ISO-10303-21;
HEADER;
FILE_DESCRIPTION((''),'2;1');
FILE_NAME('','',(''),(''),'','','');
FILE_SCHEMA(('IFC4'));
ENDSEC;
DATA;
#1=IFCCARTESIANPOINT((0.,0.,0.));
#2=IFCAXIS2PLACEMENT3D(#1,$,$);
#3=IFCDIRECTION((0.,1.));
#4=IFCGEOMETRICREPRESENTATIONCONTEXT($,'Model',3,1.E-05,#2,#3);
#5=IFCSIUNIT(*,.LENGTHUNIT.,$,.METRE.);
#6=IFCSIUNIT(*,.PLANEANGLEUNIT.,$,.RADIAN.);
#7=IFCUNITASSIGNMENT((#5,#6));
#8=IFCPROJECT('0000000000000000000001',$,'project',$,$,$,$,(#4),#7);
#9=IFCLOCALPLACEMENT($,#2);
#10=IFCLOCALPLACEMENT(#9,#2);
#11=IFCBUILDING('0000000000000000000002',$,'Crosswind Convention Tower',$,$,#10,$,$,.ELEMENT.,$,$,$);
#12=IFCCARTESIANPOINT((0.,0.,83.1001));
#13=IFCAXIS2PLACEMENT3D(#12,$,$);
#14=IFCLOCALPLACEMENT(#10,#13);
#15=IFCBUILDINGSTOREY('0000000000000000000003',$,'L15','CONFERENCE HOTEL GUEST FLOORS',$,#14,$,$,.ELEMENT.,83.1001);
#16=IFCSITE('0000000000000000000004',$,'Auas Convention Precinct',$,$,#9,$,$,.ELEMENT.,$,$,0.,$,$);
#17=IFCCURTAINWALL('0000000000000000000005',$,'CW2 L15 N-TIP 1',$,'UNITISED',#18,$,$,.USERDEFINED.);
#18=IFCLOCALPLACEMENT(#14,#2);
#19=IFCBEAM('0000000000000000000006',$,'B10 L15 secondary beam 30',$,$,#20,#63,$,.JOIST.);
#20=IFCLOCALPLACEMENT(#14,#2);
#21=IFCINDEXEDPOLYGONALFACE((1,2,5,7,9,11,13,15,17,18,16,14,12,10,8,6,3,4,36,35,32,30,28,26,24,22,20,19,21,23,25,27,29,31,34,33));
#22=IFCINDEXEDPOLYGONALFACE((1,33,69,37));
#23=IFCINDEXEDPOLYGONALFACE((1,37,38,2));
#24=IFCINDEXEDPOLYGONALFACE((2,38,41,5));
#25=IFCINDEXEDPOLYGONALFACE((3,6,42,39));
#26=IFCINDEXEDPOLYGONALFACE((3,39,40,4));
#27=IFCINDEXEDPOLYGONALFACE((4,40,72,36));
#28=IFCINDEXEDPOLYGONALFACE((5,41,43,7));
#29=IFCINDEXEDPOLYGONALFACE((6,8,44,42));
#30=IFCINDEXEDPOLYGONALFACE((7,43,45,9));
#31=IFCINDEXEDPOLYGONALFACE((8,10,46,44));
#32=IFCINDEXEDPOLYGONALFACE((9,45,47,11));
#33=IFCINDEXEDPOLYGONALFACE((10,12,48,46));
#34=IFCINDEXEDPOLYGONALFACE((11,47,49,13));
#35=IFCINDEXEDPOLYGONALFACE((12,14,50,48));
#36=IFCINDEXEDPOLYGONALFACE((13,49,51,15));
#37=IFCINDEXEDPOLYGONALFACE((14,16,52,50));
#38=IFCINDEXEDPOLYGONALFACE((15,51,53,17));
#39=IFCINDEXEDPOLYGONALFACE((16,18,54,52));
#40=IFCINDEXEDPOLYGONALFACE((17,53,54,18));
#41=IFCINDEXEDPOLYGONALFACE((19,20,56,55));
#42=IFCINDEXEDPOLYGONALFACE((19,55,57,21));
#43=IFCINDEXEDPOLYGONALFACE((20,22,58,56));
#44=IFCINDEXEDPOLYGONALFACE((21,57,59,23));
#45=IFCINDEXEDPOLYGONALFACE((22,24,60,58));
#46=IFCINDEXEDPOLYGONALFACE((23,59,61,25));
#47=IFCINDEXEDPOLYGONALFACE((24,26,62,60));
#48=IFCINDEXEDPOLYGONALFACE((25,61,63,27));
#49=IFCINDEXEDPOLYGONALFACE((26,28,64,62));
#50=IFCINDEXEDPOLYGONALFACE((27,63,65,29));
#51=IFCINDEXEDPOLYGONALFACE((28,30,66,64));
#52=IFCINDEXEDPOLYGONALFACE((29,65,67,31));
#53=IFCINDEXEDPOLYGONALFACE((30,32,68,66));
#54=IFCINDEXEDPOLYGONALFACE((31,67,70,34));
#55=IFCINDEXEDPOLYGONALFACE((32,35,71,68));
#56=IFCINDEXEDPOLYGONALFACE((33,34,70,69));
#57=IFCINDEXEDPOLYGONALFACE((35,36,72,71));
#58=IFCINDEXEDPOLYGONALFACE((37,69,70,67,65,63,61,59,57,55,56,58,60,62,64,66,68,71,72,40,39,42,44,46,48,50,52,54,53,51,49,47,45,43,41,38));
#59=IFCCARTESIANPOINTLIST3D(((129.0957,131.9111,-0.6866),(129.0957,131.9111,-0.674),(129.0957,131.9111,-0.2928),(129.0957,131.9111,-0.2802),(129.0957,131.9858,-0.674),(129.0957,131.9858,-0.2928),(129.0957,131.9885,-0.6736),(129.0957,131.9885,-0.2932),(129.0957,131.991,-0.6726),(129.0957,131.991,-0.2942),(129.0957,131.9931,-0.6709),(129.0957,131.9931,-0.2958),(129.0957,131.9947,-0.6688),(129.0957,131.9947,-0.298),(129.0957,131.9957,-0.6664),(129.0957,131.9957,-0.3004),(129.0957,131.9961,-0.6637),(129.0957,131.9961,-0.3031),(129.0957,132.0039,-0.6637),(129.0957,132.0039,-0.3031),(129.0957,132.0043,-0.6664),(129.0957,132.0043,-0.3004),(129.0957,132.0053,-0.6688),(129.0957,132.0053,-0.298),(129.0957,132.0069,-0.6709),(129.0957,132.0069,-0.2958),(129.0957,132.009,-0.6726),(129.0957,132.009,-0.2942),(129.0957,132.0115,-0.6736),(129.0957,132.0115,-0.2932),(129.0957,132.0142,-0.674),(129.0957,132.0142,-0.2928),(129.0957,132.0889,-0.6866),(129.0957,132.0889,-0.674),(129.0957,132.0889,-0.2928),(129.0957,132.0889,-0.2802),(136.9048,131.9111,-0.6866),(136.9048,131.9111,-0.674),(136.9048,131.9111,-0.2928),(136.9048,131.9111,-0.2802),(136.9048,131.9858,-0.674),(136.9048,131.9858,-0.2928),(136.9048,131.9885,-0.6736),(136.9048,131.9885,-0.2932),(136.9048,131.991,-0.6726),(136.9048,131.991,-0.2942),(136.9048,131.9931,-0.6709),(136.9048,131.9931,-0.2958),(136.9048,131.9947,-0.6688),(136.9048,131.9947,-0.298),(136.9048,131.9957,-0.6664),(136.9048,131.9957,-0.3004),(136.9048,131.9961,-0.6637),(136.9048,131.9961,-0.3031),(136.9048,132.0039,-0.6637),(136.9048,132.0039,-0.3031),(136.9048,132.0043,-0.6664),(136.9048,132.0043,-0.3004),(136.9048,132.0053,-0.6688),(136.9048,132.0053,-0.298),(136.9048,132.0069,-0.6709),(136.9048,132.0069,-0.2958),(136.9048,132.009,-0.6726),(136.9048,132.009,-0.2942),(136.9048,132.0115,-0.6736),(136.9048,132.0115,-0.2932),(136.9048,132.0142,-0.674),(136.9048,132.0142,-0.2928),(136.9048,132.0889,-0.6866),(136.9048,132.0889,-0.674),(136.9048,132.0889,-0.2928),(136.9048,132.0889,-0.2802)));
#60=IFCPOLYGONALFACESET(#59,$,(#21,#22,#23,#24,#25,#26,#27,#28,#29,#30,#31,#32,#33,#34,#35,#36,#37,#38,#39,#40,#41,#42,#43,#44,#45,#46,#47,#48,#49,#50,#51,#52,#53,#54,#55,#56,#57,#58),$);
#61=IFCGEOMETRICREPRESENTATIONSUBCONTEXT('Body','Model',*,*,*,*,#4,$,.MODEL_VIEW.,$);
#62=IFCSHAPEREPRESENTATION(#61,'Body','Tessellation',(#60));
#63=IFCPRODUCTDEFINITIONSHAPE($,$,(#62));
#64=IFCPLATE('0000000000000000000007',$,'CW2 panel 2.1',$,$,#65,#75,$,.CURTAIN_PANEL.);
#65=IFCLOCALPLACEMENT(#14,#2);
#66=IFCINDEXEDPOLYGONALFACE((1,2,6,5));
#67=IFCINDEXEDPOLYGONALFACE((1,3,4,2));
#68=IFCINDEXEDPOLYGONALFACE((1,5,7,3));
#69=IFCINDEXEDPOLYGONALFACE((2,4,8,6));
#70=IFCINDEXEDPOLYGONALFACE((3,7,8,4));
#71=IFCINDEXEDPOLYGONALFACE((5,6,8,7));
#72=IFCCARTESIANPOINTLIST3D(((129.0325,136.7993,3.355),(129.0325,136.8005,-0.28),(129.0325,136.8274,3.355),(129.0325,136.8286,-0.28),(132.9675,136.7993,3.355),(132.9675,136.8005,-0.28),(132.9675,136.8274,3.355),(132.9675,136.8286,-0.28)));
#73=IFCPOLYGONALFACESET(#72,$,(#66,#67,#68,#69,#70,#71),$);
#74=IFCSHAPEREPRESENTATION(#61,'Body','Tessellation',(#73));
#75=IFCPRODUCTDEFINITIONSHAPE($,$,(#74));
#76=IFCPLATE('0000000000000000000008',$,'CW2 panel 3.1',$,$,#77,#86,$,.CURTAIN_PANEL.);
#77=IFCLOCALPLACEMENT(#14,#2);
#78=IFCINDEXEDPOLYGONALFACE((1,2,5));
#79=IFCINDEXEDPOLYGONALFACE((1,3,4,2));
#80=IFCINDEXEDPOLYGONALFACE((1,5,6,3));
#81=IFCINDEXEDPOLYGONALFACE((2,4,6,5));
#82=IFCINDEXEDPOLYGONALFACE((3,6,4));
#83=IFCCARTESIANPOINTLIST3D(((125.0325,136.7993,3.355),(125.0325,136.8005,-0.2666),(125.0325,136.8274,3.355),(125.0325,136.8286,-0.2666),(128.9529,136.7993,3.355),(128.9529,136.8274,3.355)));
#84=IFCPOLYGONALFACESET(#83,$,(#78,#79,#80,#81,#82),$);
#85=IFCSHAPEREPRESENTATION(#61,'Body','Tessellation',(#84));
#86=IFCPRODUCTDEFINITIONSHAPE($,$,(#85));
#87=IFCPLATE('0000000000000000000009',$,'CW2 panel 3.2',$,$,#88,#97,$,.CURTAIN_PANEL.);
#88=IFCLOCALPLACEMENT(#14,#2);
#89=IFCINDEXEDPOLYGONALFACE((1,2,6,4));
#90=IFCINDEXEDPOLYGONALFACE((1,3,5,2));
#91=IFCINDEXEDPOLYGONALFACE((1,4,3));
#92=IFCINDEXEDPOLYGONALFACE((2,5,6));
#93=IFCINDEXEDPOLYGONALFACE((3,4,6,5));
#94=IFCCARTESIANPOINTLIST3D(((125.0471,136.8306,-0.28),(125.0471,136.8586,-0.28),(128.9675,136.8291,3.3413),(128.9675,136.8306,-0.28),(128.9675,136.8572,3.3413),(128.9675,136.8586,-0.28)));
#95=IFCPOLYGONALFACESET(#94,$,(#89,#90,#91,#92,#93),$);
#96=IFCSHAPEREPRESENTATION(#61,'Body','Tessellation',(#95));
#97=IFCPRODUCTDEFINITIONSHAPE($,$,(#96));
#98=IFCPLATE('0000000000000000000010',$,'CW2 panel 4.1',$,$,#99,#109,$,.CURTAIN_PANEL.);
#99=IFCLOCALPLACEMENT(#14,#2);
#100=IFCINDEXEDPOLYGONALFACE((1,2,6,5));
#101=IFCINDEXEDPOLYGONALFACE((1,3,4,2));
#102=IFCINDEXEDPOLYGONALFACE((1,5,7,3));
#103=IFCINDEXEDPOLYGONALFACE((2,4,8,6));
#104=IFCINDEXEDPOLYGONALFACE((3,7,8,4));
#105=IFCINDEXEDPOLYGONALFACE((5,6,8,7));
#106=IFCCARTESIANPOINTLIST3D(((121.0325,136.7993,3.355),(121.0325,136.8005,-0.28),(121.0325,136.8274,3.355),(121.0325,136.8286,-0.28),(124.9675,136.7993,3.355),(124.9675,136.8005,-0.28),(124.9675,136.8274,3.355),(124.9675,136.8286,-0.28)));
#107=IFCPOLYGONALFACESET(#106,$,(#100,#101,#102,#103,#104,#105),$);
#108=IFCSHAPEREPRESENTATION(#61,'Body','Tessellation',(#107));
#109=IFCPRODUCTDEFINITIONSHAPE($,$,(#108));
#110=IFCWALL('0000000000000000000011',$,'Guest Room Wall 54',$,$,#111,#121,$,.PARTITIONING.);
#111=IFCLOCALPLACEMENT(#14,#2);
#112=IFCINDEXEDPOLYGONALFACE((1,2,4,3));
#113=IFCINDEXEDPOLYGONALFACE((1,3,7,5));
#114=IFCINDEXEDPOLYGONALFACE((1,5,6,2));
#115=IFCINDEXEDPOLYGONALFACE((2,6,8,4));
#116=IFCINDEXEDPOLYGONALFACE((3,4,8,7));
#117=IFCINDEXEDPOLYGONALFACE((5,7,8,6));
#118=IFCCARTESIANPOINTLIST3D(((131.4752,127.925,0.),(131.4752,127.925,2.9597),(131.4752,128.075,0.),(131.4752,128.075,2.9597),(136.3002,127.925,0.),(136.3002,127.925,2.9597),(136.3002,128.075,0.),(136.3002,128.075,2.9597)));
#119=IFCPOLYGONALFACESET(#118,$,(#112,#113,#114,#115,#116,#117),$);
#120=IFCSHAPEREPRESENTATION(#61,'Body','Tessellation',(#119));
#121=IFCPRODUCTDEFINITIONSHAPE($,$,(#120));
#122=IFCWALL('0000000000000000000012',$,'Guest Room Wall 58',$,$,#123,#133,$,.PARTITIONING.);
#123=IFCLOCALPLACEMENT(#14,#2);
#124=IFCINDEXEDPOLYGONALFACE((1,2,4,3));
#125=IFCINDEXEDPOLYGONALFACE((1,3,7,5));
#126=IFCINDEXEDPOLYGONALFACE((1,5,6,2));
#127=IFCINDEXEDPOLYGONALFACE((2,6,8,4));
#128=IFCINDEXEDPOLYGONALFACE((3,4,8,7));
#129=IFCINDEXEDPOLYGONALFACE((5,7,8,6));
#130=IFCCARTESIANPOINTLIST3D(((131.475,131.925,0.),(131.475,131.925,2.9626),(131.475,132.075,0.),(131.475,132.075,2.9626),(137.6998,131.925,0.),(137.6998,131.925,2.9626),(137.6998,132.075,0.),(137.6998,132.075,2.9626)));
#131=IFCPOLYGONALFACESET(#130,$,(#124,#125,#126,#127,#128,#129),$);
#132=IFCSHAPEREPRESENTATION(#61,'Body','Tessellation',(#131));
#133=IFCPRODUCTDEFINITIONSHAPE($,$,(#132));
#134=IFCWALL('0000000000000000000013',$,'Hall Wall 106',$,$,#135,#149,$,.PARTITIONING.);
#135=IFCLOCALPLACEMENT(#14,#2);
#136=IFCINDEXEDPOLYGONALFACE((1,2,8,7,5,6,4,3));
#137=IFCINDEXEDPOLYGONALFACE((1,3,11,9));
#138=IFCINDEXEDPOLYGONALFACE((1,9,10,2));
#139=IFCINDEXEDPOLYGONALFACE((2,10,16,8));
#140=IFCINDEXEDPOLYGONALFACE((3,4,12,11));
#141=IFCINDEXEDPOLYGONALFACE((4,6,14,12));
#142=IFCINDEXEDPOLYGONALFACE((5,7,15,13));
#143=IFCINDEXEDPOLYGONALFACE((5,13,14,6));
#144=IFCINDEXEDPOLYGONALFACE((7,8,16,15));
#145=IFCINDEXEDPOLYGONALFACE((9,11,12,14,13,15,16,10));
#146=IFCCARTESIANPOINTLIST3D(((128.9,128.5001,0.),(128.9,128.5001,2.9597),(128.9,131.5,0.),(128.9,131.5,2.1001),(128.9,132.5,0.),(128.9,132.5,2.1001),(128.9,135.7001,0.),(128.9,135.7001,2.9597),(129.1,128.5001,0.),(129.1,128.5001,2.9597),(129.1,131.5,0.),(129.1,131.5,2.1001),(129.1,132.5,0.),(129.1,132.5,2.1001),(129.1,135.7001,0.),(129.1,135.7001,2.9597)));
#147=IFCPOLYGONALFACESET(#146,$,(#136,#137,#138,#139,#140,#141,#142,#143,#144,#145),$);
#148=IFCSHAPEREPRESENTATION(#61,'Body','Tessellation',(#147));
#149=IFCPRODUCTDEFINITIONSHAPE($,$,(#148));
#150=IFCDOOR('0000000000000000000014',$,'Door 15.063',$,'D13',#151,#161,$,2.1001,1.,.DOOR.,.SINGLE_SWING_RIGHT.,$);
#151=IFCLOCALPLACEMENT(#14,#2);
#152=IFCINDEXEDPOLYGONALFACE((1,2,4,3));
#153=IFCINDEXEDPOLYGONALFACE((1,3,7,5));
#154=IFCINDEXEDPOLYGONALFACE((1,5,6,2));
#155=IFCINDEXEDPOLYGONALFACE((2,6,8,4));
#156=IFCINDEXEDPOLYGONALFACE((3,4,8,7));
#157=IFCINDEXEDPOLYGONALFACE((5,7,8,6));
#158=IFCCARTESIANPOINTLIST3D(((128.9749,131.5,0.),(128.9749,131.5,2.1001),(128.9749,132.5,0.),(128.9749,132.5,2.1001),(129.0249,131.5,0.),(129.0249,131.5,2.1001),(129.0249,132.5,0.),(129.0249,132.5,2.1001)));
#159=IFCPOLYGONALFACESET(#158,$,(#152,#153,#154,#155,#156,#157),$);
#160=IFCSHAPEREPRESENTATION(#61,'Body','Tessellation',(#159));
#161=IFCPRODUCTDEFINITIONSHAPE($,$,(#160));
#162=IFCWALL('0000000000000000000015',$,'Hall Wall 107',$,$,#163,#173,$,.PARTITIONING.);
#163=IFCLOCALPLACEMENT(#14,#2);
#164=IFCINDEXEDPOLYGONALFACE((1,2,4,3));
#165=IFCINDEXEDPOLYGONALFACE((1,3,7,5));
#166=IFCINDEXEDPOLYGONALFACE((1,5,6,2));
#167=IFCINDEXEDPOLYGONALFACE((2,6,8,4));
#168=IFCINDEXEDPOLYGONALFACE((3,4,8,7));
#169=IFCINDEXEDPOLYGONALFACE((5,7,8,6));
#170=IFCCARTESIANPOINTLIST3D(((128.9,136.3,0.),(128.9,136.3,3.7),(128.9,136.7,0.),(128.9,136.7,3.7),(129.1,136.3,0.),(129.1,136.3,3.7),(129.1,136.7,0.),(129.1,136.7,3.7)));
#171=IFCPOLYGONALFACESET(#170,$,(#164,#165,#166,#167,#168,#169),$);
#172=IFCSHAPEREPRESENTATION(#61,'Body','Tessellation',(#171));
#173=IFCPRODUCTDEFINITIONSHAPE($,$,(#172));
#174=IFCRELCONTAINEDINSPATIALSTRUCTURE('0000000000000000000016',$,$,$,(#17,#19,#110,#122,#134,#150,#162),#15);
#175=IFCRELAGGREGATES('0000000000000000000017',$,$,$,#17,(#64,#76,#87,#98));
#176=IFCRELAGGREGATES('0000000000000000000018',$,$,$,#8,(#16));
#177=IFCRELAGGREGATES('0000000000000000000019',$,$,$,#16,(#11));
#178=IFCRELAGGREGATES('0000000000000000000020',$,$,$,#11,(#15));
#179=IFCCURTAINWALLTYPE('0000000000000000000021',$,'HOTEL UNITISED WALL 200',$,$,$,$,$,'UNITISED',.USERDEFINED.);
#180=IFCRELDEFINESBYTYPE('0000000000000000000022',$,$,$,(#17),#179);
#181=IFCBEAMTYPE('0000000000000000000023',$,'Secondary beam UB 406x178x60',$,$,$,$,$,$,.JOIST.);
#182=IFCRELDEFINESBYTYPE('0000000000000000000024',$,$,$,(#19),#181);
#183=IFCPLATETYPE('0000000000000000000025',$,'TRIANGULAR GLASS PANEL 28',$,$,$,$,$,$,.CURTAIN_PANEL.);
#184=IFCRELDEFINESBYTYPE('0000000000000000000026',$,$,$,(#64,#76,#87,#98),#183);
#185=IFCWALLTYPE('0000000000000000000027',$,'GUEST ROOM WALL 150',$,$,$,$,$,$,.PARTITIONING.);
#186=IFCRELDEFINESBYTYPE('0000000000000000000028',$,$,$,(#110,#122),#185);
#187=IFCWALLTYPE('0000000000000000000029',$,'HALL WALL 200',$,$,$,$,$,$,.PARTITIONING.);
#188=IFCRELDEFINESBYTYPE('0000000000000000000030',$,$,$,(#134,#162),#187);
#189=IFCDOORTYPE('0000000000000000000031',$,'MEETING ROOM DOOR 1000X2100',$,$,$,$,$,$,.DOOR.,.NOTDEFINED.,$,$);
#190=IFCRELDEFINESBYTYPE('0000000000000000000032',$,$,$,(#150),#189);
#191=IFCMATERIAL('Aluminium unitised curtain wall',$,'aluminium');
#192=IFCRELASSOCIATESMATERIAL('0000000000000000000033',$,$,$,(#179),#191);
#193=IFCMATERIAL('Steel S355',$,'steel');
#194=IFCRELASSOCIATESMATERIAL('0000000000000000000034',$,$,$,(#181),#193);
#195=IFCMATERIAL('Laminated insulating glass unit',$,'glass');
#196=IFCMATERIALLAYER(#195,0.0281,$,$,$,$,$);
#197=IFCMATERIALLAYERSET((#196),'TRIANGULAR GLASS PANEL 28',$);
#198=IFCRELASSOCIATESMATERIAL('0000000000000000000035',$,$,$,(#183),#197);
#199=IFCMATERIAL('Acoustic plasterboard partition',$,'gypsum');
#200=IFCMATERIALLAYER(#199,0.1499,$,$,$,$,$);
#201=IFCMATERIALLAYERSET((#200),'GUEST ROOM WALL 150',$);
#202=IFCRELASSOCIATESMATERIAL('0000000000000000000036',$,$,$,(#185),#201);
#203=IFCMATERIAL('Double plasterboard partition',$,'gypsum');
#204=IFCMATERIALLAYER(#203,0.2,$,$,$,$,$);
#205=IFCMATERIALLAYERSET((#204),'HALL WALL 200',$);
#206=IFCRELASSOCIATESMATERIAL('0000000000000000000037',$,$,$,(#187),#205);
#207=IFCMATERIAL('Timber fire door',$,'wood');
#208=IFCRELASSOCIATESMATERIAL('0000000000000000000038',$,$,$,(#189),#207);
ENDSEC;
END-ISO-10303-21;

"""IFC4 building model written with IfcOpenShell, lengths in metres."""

from ifc_helpers import new_model, si_unit, direction, frame, frame_2d, origin, origin_2d, place, context, subcontext, project, spatial, polyline, rectangle, i_section, outline, extrude, material, layer, layer_set, material_profile, profile_set, type_object, element, fill, aggregate, save


model = new_model("IFC4")

# Units and contexts
model_context = context("Model", 3, precision=1e-05, world=origin(), true_north=direction((0.0, 1.0)))
body_context = subcontext(model_context, "Body", "Model", "MODEL_VIEW")
ifc_project = project(units=[si_unit("LENGTHUNIT", "METRE"), si_unit("PLANEANGLEUNIT", "RADIAN")], contexts=[model_context])

# Site, building, storey
site_placement = place(None, origin())
site = spatial("IfcSite", under=ifc_project, at=site_placement, Name="Auas Convention Precinct", CompositionType="ELEMENT", RefElevation=0.0)
building_placement = place(site_placement, origin())
building = spatial("IfcBuilding", under=site, at=building_placement, Name="Crosswind Convention Tower", CompositionType="ELEMENT")
storey_placement = place(building_placement, frame((0.0, 0.0, 83.1001)))
storey = spatial("IfcBuildingStorey", under=building, at=storey_placement, Name="L15", Description="CONFERENCE HOTEL GUEST FLOORS", CompositionType="ELEMENT", Elevation=83.1001)

# Shared definitions
ifc_material_1 = material(Name="Steel S355", Category="steel")

# Curtain wall
ifc_material_2 = material(Name="Aluminium unitised curtain wall", Category="aluminium")
curtain_wall_type = type_object("IfcCurtainWallType", Name="HOTEL UNITISED WALL 200", ElementType="UNITISED", PredefinedType="USERDEFINED", material=ifc_material_2)
curtain_wall_placement = place(storey_placement, origin())
curtain_wall = element("IfcCurtainWall", 1, at=curtain_wall_placement, inside=storey, type_object=curtain_wall_type, Name="CW2 L15 N-TIP 1", ObjectType="UNITISED", PredefinedType="USERDEFINED")

# Beam
ifc_material_profile_1 = material_profile(ifc_material_1, i_section(OverallWidth=0.1777, OverallDepth=0.4065, WebThickness=0.0078, FlangeThickness=0.0127, FilletRadius=0.0103, at=origin_2d()), Name="UB 406x178x60")
ifc_profile_set_1 = profile_set([ifc_material_profile_1], Name="Steel S355")
beam_type_1 = type_object("IfcBeamType", Name="Secondary beam UB 406x178x60", PredefinedType="JOIST", material=ifc_profile_set_1)
beam_1_placement = place(storey_placement, frame((129.0957, 132.0, -0.4834), z_axis=(1.0, 0.0, 0.0), x_axis=(0.0, 1.0, 0.0)))
element("IfcBeam", 2, at=beam_1_placement, inside=storey, type_object=beam_type_1, Name="B10 L15 secondary beam 30", PredefinedType="JOIST", context=body_context, shape_type="SweptSolid", body=[
    extrude(i_section(OverallWidth=0.1777, OverallDepth=0.4065, WebThickness=0.0078, FlangeThickness=0.0127, FilletRadius=0.0103, at=origin_2d()), origin(), (0.0, 0.0, 1.0), 7.8091),
])

# Plates
ifc_material_3 = material(Name="Laminated insulating glass unit", Category="glass")
ifc_layer_1 = layer(ifc_material_3, 0.0281)
ifc_layer_set_1 = layer_set([ifc_layer_1], Name="TRIANGULAR GLASS PANEL 28")
plate_type = type_object("IfcPlateType", Name="TRIANGULAR GLASS PANEL 28", PredefinedType="CURTAIN_PANEL", material=ifc_layer_set_1)
plate_1_placement = place(storey_placement, frame((132.9675, 136.8286, -0.28), z_axis=(0.0, 1.0, 0.000336), x_axis=(-1.0, 0.0, 0.0)))
plate_1 = element("IfcPlate", 3, at=plate_1_placement, type_object=plate_type, Name="CW2 panel 2.1", PredefinedType="CURTAIN_PANEL", context=body_context, shape_type="SweptSolid", body=[
    extrude(outline(polyline([(0.0, 0.0), (3.9351, 0.0), (3.9351, 3.635), (0.0, 3.635), (0.0, 0.0)])), origin(), (0.0, 0.0, -1.0), 0.0281),
])
plate_2_placement = place(storey_placement, frame((125.0325, 136.8274, 3.355), z_axis=(0.0, 1.0, 0.000337), x_axis=(1.0, 0.0, 0.0)))
plate_2 = element("IfcPlate", 4, at=plate_2_placement, type_object=plate_type, Name="CW2 panel 3.1", PredefinedType="CURTAIN_PANEL", context=body_context, shape_type="SweptSolid", body=[
    extrude(outline(polyline([(0.0, 0.0), (3.9204, 0.0), (0.0, 3.6216), (0.0, 0.0)])), origin(), (0.0, 0.0, -1.0), 0.0281),
])
plate_3_placement = place(storey_placement, frame((128.9675, 136.8586, -0.28), z_axis=(0.0, 1.0, 0.000405), x_axis=(-1.0, 0.0, 0.0)))
plate_3 = element("IfcPlate", 5, at=plate_3_placement, type_object=plate_type, Name="CW2 panel 3.2", PredefinedType="CURTAIN_PANEL", context=body_context, shape_type="SweptSolid", body=[
    extrude(outline(polyline([(0.0, 0.0), (3.9204, 0.0), (0.0, 3.6213), (0.0, 0.0)])), origin(), (0.0, 0.0, -1.0), 0.0281),
])
plate_4_placement = place(storey_placement, frame((124.9675, 136.8286, -0.28), z_axis=(0.0, 1.0, 0.000336), x_axis=(-1.0, 0.0, 0.0)))
plate_4 = element("IfcPlate", 6, at=plate_4_placement, type_object=plate_type, Name="CW2 panel 4.1", PredefinedType="CURTAIN_PANEL", context=body_context, shape_type="SweptSolid", body=[
    extrude(outline(polyline([(0.0, 0.0), (3.9351, 0.0), (3.9351, 3.635), (0.0, 3.635), (0.0, 0.0)])), origin(), (0.0, 0.0, -1.0), 0.0281),
])
aggregate(curtain_wall, [plate_1, plate_2, plate_3, plate_4])

# Walls
ifc_material_4 = material(Name="Acoustic plasterboard partition", Category="gypsum")
ifc_layer_2 = layer(ifc_material_4, 0.1499)
ifc_layer_set_2 = layer_set([ifc_layer_2], Name="GUEST ROOM WALL 150")
wall_type_1 = type_object("IfcWallType", Name="GUEST ROOM WALL 150", PredefinedType="PARTITIONING", material=ifc_layer_set_2)
wall_1_placement = place(storey_placement, frame((131.4751, 128.0, 0.0), z_axis=(0.0, 0.0, 1.0), x_axis=(1.0, 0.0, 0.0)))
element("IfcWall", 7, at=wall_1_placement, inside=storey, type_object=wall_type_1, Name="Guest Room Wall 54", PredefinedType="PARTITIONING", context=body_context, shape_type="SweptSolid", body=[
    extrude(rectangle(XDim=4.825, YDim=0.1499, at=frame_2d((2.4126, 0.0))), origin(), (0.0, 0.0, 1.0), 2.9597),
])
wall_2_placement = place(storey_placement, frame((131.4751, 132.0, 0.0), z_axis=(0.0, 0.0, 1.0), x_axis=(1.0, 0.0, 0.0)))
element("IfcWall", 8, at=wall_2_placement, inside=storey, type_object=wall_type_1, Name="Guest Room Wall 58", PredefinedType="PARTITIONING", context=body_context, shape_type="SweptSolid", body=[
    extrude(rectangle(XDim=6.2249, YDim=0.1499, at=frame_2d((3.1123, 0.0))), origin(), (0.0, 0.0, 1.0), 2.9626),
])

# Wall, opening, door
ifc_material_5 = material(Name="Double plasterboard partition", Category="gypsum")
ifc_layer_3 = layer(ifc_material_5, 0.2)
ifc_layer_set_3 = layer_set([ifc_layer_3], Name="HALL WALL 200")
wall_type_2 = type_object("IfcWallType", Name="HALL WALL 200", PredefinedType="PARTITIONING", material=ifc_layer_set_3)
wall_3_placement = place(storey_placement, frame((129.0, 128.5, 0.0), z_axis=(0.0, 0.0, 1.0), x_axis=(0.0, 1.0, 0.0)))
wall_3 = element("IfcWall", 9, at=wall_3_placement, inside=storey, type_object=wall_type_2, Name="Hall Wall 106", PredefinedType="PARTITIONING", context=body_context, shape_type="SweptSolid", body=[
    extrude(rectangle(XDim=7.2, YDim=0.2, at=frame_2d((3.6001, 0.0))), origin(), (0.0, 0.0, 1.0), 2.9597),
])
opening_1_placement = place(wall_3_placement, frame((3.0, 0.0, 0.0)))
opening_1 = element("IfcOpeningElement", 10, at=opening_1_placement, cuts=wall_3, PredefinedType="OPENING", context=body_context, shape_type="SweptSolid", body=[
    extrude(rectangle(XDim=1.0, YDim=2.1001, at=frame_2d((0.5, 1.05))), frame((0.0, 0.1099, 0.0), z_axis=(0.0, -1.0, 0.0), x_axis=(1.0, 0.0, 0.0)), (0.0, 0.0, 1.0), 0.22),
])
ifc_material_6 = material(Name="Timber fire door", Category="wood")
door_type_1 = type_object("IfcDoorType", Name="MEETING ROOM DOOR 1000X2100", OperationType="NOTDEFINED", PredefinedType="DOOR", material=ifc_material_6)
door_1_placement = place(opening_1_placement, frame((1.0, 0.0, 0.0), z_axis=(0.0, 0.0, 1.0), x_axis=(-1.0, 0.0, 0.0)))
door_1 = element("IfcDoor", 11, at=door_1_placement, inside=storey, type_object=door_type_1, Name="Door 15.063", ObjectType="D13", OperationType="SINGLE_SWING_RIGHT", OverallHeight=2.1001, OverallWidth=1.0, PredefinedType="DOOR", context=body_context, shape_type="SweptSolid", body=[
    extrude(rectangle(XDim=1.0, YDim=2.1001, at=frame_2d((0.5, 1.05))), frame((0.0, 0.0249, 0.0), z_axis=(0.0, -1.0, 0.0), x_axis=(1.0, 0.0, 0.0)), (0.0, 0.0, 1.0), 0.05),
])
fill(opening_1, door_1)

# Wall
wall_4_placement = place(storey_placement, frame((129.0, 136.3, 0.0), z_axis=(0.0, 0.0, 1.0), x_axis=(0.0, 1.0, 0.0)))
element("IfcWall", 12, at=wall_4_placement, inside=storey, type_object=wall_type_2, Name="Hall Wall 107", PredefinedType="PARTITIONING", context=body_context, shape_type="SweptSolid", body=[
    extrude(rectangle(XDim=0.3999, YDim=0.2, at=frame_2d((0.2, 0.0))), origin(), (0.0, 0.0, 1.0), 3.7),
])

save(model, "model.ifc")
